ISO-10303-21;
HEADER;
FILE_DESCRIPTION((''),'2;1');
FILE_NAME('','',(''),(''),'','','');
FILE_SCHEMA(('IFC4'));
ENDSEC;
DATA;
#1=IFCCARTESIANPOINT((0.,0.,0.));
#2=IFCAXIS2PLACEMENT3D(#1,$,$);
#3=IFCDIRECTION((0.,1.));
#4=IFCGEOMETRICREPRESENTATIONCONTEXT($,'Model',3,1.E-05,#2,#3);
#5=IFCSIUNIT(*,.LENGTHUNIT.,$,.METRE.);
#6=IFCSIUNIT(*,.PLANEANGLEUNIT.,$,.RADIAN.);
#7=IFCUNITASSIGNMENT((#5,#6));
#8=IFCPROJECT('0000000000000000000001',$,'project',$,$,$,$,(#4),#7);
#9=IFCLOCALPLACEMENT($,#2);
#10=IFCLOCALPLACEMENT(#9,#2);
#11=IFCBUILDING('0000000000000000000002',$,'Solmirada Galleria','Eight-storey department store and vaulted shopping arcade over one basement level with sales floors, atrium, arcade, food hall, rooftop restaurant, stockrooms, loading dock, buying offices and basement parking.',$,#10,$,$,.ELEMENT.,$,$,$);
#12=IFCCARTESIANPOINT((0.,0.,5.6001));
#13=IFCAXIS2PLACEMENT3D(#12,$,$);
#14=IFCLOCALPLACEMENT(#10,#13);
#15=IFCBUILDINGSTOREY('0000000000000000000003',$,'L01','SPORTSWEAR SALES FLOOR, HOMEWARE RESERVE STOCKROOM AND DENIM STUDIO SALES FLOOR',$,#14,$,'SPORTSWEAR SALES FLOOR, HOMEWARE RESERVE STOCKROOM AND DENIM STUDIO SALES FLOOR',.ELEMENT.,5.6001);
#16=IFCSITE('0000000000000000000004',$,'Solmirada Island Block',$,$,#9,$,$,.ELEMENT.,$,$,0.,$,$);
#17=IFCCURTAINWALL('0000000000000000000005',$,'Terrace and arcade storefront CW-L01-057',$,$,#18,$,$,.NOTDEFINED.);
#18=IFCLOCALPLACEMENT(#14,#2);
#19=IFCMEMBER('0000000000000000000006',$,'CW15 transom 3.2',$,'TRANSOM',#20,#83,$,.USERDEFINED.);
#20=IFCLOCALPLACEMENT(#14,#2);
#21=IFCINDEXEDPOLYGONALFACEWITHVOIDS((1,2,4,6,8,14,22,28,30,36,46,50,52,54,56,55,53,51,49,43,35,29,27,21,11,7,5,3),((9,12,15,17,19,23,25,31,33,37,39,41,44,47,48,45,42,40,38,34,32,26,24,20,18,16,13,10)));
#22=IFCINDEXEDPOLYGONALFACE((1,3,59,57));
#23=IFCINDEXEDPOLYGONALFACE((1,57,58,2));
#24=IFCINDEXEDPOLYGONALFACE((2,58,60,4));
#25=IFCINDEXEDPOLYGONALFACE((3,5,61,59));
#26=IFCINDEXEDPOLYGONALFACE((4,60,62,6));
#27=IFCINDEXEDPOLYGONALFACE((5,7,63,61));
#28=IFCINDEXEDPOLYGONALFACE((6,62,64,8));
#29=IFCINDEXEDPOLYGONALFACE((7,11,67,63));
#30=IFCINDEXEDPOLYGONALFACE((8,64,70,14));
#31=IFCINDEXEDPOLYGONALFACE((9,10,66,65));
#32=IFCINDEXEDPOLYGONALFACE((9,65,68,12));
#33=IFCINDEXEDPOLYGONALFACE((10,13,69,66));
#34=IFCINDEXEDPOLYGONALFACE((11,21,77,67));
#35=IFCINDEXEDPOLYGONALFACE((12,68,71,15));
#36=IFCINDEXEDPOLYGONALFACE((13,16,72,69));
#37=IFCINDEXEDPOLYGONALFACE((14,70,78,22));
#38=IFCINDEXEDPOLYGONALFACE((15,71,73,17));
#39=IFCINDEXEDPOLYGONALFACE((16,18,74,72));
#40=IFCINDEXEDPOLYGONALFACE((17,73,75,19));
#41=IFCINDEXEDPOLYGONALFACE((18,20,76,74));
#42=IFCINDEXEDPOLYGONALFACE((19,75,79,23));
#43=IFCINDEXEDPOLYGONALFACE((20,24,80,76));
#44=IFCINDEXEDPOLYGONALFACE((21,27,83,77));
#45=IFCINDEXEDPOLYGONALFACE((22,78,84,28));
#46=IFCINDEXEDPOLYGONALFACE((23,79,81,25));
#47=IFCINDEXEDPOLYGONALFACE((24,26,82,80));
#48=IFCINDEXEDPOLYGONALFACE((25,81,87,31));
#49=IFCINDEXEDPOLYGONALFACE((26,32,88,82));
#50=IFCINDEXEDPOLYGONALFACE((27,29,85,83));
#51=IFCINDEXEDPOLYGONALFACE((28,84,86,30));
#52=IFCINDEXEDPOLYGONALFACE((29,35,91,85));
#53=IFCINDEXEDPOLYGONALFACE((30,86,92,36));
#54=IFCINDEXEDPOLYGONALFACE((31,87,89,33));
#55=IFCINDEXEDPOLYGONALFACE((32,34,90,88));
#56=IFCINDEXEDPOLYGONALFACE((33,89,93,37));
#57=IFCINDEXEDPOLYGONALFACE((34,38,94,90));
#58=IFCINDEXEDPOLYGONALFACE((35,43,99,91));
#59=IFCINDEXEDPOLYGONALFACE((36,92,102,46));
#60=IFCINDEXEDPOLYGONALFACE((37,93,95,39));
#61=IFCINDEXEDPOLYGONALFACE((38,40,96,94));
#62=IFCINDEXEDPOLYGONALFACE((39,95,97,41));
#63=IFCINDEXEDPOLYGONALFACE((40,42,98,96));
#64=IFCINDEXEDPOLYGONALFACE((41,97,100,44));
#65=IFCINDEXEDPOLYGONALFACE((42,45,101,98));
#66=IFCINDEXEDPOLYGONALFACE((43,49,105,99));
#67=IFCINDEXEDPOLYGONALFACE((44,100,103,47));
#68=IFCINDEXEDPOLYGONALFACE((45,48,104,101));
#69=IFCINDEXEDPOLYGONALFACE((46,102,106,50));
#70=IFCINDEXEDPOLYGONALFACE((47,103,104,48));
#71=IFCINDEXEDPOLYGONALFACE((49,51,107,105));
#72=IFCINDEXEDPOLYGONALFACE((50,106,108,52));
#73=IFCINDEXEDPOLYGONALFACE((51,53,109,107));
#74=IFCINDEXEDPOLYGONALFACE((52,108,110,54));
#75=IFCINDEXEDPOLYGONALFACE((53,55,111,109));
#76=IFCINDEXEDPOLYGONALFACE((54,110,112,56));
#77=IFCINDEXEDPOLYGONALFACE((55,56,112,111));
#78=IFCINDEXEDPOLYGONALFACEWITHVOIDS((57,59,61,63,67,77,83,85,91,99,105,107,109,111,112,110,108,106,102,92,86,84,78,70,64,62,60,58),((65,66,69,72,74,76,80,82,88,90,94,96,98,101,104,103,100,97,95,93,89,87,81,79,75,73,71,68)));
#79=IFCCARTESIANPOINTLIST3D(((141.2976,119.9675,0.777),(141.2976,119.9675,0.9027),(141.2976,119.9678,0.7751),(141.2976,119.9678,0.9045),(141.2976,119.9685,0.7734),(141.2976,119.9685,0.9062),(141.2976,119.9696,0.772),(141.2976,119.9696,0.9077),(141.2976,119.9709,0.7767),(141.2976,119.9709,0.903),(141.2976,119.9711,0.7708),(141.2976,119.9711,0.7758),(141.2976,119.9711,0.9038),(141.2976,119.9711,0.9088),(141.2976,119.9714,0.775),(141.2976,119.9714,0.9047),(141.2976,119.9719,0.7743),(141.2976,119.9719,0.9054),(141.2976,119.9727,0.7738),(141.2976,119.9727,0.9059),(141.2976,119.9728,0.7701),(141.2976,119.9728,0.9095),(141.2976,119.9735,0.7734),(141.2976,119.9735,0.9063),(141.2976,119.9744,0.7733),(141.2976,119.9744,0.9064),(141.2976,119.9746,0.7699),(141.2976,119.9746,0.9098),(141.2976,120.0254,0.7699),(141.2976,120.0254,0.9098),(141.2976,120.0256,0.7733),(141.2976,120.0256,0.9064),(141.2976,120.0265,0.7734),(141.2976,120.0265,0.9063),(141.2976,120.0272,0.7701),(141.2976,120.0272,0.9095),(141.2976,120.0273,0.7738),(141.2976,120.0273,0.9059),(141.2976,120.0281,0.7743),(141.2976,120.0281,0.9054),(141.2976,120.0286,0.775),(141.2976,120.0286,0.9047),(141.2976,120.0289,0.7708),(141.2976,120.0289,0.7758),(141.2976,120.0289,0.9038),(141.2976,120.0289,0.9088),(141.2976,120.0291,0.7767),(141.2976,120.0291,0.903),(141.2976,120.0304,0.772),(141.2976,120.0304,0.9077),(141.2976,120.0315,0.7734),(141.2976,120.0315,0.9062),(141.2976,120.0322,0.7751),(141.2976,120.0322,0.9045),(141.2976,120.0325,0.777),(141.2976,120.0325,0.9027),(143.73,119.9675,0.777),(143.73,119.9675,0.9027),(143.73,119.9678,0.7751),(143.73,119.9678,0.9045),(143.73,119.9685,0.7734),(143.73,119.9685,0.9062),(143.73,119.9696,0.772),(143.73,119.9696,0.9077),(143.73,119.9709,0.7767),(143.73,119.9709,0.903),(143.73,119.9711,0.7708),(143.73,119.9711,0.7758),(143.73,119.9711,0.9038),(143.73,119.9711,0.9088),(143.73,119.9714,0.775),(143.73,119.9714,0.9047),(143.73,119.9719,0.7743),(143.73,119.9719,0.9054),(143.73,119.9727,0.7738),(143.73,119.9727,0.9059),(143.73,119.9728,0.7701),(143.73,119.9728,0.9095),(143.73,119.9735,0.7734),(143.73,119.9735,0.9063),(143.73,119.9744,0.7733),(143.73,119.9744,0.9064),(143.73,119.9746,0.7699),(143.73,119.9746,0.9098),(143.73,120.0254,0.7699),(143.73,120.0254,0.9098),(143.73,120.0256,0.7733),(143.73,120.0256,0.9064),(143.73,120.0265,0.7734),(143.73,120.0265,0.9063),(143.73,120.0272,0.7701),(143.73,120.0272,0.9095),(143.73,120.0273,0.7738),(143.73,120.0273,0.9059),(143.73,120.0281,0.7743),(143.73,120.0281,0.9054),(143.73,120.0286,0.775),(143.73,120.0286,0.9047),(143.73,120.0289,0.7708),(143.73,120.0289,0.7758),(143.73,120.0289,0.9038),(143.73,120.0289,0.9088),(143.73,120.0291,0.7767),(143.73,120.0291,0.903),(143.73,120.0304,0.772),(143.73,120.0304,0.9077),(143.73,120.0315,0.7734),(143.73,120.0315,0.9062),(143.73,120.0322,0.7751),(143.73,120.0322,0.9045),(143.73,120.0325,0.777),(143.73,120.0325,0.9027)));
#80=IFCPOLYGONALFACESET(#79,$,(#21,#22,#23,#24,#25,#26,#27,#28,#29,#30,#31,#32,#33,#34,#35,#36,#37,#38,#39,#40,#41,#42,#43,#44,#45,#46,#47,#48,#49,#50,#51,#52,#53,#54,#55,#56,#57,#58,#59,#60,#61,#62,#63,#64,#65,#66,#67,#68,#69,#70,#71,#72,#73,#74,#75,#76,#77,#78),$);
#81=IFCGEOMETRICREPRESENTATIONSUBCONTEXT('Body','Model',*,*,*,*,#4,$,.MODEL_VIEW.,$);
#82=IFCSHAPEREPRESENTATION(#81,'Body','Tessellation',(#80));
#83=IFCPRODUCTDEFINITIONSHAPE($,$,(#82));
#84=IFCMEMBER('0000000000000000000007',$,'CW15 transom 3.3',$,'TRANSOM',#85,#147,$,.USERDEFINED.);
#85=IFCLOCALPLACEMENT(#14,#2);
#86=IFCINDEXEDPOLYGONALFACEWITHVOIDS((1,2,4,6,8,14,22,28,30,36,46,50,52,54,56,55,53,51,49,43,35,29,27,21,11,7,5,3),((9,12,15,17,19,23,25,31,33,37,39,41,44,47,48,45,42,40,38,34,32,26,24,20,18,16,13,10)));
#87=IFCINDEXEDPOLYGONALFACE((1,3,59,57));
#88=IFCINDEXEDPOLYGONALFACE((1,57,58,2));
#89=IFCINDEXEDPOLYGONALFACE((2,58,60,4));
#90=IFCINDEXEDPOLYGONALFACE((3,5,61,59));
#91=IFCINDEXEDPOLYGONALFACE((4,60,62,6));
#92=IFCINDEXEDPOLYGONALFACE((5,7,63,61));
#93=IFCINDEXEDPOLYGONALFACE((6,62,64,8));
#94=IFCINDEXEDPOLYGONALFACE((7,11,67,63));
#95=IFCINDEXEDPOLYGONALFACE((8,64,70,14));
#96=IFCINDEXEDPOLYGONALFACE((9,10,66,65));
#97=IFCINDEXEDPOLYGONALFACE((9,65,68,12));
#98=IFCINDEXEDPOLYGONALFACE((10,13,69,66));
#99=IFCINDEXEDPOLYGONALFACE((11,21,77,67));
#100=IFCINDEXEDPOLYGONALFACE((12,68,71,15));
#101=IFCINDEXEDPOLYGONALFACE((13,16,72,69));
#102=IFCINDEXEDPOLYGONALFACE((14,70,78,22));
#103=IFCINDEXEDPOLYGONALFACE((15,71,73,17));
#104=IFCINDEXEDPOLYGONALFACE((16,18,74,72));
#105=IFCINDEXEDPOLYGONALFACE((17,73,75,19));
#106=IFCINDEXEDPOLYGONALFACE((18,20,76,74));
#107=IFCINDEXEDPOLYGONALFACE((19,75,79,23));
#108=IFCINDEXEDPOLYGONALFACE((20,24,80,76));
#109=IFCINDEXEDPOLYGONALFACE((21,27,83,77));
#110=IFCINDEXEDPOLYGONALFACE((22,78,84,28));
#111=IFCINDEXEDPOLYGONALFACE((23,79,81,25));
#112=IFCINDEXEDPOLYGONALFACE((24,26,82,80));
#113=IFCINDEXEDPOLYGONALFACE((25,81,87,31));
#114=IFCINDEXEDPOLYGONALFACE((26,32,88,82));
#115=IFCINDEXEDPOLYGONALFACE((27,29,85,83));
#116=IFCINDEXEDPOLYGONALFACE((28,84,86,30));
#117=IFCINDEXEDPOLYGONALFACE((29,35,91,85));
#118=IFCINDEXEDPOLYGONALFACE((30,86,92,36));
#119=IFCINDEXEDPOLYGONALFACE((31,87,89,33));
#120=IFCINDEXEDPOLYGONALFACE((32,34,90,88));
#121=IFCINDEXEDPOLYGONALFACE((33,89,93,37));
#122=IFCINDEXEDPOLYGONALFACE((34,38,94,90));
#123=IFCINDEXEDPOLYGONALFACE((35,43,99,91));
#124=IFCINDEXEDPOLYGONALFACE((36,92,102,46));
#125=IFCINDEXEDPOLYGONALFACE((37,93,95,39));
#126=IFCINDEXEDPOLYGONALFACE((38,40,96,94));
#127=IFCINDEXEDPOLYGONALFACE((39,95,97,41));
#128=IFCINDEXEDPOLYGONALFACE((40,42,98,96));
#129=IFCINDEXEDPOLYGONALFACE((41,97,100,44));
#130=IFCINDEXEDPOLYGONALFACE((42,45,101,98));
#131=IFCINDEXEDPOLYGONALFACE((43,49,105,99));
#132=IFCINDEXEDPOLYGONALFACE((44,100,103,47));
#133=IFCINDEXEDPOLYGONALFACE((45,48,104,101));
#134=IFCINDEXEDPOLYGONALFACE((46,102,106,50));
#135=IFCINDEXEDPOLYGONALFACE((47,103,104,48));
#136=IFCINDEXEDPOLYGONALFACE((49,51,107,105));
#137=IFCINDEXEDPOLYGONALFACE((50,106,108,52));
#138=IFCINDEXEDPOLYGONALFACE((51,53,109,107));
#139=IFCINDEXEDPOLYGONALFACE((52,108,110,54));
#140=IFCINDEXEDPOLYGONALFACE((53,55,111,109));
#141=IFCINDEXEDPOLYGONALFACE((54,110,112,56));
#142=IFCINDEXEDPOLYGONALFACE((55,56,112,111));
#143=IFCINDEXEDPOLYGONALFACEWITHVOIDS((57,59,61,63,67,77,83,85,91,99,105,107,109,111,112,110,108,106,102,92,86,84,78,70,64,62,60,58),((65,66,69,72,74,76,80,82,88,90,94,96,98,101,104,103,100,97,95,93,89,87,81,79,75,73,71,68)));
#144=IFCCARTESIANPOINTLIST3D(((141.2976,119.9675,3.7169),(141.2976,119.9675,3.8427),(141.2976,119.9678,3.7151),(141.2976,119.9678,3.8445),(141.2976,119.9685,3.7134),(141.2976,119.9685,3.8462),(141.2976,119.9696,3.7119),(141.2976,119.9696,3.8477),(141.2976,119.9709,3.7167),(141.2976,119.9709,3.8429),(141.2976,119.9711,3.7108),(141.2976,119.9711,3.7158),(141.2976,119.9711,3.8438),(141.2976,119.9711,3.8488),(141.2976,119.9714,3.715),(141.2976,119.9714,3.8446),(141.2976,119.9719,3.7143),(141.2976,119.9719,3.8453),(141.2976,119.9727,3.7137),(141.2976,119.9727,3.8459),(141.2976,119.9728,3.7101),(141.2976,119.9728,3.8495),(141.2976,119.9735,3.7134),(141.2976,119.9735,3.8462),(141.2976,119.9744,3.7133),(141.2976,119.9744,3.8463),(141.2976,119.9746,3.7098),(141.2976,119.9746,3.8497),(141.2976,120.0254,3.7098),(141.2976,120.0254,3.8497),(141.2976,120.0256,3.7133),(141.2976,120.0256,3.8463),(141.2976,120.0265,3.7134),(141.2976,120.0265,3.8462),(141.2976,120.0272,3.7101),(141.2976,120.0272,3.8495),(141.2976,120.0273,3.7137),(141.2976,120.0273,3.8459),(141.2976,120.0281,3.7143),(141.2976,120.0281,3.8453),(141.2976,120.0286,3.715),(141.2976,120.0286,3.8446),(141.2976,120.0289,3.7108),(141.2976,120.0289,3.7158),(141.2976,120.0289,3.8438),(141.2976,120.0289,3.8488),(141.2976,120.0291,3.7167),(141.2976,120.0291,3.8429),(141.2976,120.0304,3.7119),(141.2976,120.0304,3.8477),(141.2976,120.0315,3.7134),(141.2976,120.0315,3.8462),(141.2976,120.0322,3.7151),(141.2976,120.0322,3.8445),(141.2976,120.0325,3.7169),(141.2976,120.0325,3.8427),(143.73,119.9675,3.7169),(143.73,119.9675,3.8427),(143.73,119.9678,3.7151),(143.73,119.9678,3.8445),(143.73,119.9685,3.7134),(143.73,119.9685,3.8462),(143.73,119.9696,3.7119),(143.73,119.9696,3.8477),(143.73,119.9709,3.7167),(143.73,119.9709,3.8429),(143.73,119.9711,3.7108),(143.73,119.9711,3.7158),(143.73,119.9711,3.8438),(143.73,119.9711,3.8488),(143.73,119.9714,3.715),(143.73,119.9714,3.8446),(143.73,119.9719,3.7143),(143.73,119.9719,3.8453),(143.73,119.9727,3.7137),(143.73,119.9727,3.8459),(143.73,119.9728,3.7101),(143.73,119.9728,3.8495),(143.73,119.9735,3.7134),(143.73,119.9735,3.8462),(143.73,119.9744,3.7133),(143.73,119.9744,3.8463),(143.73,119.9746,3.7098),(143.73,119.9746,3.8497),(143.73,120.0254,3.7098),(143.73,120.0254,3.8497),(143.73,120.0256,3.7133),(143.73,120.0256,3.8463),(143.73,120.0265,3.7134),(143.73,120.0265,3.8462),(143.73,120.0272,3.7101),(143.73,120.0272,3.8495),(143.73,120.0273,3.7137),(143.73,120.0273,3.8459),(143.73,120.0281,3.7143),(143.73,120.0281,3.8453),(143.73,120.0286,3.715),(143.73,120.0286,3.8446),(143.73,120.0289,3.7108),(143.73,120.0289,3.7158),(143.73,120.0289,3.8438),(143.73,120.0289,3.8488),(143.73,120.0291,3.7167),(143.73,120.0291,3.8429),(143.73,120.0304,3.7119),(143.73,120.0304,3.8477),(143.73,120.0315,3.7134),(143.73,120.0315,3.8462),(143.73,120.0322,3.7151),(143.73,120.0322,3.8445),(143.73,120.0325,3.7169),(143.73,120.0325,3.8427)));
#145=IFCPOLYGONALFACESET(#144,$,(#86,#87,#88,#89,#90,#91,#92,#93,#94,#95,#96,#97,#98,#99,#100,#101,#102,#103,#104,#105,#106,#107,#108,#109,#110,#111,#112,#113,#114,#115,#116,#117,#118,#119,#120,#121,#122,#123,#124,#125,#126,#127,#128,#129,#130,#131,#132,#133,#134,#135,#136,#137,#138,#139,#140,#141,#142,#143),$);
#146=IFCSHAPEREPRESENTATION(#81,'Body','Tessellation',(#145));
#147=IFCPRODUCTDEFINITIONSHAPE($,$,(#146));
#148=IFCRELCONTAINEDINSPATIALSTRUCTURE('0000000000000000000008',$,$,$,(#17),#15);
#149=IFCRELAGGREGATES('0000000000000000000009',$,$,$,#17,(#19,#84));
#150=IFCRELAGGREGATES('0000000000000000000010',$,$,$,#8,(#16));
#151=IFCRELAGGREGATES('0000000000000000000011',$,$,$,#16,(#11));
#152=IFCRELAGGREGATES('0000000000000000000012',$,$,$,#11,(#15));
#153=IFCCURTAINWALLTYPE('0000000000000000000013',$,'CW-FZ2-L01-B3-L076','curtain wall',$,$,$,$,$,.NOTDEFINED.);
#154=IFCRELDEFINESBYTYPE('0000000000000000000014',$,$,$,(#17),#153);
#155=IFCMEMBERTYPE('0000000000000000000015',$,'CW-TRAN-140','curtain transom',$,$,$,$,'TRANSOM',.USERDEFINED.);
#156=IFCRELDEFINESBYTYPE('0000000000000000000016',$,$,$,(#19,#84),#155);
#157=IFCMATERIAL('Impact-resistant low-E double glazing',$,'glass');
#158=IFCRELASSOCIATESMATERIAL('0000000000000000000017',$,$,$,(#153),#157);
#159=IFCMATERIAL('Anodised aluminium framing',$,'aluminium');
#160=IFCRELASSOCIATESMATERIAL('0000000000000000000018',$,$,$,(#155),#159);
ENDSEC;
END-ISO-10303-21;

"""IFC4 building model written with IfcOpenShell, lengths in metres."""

from ifc_helpers import new_model, si_unit, direction, frame, origin, origin_2d, place, context, subcontext, project, spatial, hollow_rectangle, extrude, material, material_profile, profile_set, type_object, element, aggregate, save


model = new_model("IFC4")

# Units and contexts
model_context = context("Model", 3, precision=1e-05, world=origin(), true_north=direction((0.0, 1.0)))
body_context = subcontext(model_context, "Body", "Model", "MODEL_VIEW")
ifc_project = project(units=[si_unit("LENGTHUNIT", "METRE"), si_unit("PLANEANGLEUNIT", "RADIAN")], contexts=[model_context])

# Site, building, storey
site_placement = place(None, origin())
site = spatial("IfcSite", under=ifc_project, at=site_placement, Name="Solmirada Island Block", CompositionType="ELEMENT", RefElevation=0.0)
building_placement = place(site_placement, origin())
building = spatial("IfcBuilding", under=site, at=building_placement, Name="Solmirada Galleria", Description="Eight-storey department store and vaulted shopping arcade over one basement level with sales floors, atrium, arcade, food hall, rooftop restaurant, stockrooms, loading dock, buying offices and basement parking.", CompositionType="ELEMENT")
storey_placement = place(building_placement, frame((0.0, 0.0, 5.6001)))
storey = spatial("IfcBuildingStorey", under=building, at=storey_placement, Name="L01", Description="SPORTSWEAR SALES FLOOR, HOMEWARE RESERVE STOCKROOM AND DENIM STUDIO SALES FLOOR", LongName="SPORTSWEAR SALES FLOOR, HOMEWARE RESERVE STOCKROOM AND DENIM STUDIO SALES FLOOR", CompositionType="ELEMENT", Elevation=5.6001)

# Curtain wall, members
ifc_material_1 = material(Name="Impact-resistant low-E double glazing", Category="glass")
curtain_wall_type = type_object("IfcCurtainWallType", Name="CW-FZ2-L01-B3-L076", Description="curtain wall", PredefinedType="NOTDEFINED", material=ifc_material_1)
curtain_wall_placement = place(storey_placement, origin())
curtain_wall = element("IfcCurtainWall", 1, at=curtain_wall_placement, inside=storey, type_object=curtain_wall_type, Name="Terrace and arcade storefront CW-L01-057", PredefinedType="NOTDEFINED")
ifc_material_2 = material(Name="Anodised aluminium framing", Category="aluminium")
ifc_material_profile_1 = material_profile(ifc_material_2, hollow_rectangle(XDim=0.0649, YDim=0.1399, WallThickness=0.0034, InnerFilletRadius=0.0034, OuterFilletRadius=0.0071, at=origin_2d()), Name="ALU-TRAN-140X65")
ifc_profile_set_1 = profile_set([ifc_material_profile_1], Name="Anodised aluminium framing")
member_type_1 = type_object("IfcMemberType", Name="CW-TRAN-140", Description="curtain transom", ElementType="TRANSOM", PredefinedType="USERDEFINED", material=ifc_profile_set_1)
member_1_placement = place(storey_placement, frame((141.2976, 120.0, 0.8398), z_axis=(1.0, 0.0, 0.0), x_axis=(0.0, 1.0, 0.0)))
member_1 = element("IfcMember", 2, at=member_1_placement, type_object=member_type_1, Name="CW15 transom 3.2", ObjectType="TRANSOM", PredefinedType="USERDEFINED", context=body_context, shape_type="SweptSolid", body=[
    extrude(hollow_rectangle(XDim=0.0649, YDim=0.1399, WallThickness=0.0034, InnerFilletRadius=0.0034, OuterFilletRadius=0.0071, at=origin_2d()), origin(), (0.0, 0.0, 1.0), 2.4324),
])
member_2_placement = place(storey_placement, frame((141.2976, 120.0, 3.7798), z_axis=(1.0, 0.0, 0.0), x_axis=(0.0, 1.0, 0.0)))
member_2 = element("IfcMember", 3, at=member_2_placement, type_object=member_type_1, Name="CW15 transom 3.3", ObjectType="TRANSOM", PredefinedType="USERDEFINED", context=body_context, shape_type="SweptSolid", body=[
    extrude(hollow_rectangle(XDim=0.0649, YDim=0.1399, WallThickness=0.0034, InnerFilletRadius=0.0034, OuterFilletRadius=0.0071, at=origin_2d()), origin(), (0.0, 0.0, 1.0), 2.4324),
])
aggregate(curtain_wall, [member_1, member_2])

save(model, "model.ifc")
